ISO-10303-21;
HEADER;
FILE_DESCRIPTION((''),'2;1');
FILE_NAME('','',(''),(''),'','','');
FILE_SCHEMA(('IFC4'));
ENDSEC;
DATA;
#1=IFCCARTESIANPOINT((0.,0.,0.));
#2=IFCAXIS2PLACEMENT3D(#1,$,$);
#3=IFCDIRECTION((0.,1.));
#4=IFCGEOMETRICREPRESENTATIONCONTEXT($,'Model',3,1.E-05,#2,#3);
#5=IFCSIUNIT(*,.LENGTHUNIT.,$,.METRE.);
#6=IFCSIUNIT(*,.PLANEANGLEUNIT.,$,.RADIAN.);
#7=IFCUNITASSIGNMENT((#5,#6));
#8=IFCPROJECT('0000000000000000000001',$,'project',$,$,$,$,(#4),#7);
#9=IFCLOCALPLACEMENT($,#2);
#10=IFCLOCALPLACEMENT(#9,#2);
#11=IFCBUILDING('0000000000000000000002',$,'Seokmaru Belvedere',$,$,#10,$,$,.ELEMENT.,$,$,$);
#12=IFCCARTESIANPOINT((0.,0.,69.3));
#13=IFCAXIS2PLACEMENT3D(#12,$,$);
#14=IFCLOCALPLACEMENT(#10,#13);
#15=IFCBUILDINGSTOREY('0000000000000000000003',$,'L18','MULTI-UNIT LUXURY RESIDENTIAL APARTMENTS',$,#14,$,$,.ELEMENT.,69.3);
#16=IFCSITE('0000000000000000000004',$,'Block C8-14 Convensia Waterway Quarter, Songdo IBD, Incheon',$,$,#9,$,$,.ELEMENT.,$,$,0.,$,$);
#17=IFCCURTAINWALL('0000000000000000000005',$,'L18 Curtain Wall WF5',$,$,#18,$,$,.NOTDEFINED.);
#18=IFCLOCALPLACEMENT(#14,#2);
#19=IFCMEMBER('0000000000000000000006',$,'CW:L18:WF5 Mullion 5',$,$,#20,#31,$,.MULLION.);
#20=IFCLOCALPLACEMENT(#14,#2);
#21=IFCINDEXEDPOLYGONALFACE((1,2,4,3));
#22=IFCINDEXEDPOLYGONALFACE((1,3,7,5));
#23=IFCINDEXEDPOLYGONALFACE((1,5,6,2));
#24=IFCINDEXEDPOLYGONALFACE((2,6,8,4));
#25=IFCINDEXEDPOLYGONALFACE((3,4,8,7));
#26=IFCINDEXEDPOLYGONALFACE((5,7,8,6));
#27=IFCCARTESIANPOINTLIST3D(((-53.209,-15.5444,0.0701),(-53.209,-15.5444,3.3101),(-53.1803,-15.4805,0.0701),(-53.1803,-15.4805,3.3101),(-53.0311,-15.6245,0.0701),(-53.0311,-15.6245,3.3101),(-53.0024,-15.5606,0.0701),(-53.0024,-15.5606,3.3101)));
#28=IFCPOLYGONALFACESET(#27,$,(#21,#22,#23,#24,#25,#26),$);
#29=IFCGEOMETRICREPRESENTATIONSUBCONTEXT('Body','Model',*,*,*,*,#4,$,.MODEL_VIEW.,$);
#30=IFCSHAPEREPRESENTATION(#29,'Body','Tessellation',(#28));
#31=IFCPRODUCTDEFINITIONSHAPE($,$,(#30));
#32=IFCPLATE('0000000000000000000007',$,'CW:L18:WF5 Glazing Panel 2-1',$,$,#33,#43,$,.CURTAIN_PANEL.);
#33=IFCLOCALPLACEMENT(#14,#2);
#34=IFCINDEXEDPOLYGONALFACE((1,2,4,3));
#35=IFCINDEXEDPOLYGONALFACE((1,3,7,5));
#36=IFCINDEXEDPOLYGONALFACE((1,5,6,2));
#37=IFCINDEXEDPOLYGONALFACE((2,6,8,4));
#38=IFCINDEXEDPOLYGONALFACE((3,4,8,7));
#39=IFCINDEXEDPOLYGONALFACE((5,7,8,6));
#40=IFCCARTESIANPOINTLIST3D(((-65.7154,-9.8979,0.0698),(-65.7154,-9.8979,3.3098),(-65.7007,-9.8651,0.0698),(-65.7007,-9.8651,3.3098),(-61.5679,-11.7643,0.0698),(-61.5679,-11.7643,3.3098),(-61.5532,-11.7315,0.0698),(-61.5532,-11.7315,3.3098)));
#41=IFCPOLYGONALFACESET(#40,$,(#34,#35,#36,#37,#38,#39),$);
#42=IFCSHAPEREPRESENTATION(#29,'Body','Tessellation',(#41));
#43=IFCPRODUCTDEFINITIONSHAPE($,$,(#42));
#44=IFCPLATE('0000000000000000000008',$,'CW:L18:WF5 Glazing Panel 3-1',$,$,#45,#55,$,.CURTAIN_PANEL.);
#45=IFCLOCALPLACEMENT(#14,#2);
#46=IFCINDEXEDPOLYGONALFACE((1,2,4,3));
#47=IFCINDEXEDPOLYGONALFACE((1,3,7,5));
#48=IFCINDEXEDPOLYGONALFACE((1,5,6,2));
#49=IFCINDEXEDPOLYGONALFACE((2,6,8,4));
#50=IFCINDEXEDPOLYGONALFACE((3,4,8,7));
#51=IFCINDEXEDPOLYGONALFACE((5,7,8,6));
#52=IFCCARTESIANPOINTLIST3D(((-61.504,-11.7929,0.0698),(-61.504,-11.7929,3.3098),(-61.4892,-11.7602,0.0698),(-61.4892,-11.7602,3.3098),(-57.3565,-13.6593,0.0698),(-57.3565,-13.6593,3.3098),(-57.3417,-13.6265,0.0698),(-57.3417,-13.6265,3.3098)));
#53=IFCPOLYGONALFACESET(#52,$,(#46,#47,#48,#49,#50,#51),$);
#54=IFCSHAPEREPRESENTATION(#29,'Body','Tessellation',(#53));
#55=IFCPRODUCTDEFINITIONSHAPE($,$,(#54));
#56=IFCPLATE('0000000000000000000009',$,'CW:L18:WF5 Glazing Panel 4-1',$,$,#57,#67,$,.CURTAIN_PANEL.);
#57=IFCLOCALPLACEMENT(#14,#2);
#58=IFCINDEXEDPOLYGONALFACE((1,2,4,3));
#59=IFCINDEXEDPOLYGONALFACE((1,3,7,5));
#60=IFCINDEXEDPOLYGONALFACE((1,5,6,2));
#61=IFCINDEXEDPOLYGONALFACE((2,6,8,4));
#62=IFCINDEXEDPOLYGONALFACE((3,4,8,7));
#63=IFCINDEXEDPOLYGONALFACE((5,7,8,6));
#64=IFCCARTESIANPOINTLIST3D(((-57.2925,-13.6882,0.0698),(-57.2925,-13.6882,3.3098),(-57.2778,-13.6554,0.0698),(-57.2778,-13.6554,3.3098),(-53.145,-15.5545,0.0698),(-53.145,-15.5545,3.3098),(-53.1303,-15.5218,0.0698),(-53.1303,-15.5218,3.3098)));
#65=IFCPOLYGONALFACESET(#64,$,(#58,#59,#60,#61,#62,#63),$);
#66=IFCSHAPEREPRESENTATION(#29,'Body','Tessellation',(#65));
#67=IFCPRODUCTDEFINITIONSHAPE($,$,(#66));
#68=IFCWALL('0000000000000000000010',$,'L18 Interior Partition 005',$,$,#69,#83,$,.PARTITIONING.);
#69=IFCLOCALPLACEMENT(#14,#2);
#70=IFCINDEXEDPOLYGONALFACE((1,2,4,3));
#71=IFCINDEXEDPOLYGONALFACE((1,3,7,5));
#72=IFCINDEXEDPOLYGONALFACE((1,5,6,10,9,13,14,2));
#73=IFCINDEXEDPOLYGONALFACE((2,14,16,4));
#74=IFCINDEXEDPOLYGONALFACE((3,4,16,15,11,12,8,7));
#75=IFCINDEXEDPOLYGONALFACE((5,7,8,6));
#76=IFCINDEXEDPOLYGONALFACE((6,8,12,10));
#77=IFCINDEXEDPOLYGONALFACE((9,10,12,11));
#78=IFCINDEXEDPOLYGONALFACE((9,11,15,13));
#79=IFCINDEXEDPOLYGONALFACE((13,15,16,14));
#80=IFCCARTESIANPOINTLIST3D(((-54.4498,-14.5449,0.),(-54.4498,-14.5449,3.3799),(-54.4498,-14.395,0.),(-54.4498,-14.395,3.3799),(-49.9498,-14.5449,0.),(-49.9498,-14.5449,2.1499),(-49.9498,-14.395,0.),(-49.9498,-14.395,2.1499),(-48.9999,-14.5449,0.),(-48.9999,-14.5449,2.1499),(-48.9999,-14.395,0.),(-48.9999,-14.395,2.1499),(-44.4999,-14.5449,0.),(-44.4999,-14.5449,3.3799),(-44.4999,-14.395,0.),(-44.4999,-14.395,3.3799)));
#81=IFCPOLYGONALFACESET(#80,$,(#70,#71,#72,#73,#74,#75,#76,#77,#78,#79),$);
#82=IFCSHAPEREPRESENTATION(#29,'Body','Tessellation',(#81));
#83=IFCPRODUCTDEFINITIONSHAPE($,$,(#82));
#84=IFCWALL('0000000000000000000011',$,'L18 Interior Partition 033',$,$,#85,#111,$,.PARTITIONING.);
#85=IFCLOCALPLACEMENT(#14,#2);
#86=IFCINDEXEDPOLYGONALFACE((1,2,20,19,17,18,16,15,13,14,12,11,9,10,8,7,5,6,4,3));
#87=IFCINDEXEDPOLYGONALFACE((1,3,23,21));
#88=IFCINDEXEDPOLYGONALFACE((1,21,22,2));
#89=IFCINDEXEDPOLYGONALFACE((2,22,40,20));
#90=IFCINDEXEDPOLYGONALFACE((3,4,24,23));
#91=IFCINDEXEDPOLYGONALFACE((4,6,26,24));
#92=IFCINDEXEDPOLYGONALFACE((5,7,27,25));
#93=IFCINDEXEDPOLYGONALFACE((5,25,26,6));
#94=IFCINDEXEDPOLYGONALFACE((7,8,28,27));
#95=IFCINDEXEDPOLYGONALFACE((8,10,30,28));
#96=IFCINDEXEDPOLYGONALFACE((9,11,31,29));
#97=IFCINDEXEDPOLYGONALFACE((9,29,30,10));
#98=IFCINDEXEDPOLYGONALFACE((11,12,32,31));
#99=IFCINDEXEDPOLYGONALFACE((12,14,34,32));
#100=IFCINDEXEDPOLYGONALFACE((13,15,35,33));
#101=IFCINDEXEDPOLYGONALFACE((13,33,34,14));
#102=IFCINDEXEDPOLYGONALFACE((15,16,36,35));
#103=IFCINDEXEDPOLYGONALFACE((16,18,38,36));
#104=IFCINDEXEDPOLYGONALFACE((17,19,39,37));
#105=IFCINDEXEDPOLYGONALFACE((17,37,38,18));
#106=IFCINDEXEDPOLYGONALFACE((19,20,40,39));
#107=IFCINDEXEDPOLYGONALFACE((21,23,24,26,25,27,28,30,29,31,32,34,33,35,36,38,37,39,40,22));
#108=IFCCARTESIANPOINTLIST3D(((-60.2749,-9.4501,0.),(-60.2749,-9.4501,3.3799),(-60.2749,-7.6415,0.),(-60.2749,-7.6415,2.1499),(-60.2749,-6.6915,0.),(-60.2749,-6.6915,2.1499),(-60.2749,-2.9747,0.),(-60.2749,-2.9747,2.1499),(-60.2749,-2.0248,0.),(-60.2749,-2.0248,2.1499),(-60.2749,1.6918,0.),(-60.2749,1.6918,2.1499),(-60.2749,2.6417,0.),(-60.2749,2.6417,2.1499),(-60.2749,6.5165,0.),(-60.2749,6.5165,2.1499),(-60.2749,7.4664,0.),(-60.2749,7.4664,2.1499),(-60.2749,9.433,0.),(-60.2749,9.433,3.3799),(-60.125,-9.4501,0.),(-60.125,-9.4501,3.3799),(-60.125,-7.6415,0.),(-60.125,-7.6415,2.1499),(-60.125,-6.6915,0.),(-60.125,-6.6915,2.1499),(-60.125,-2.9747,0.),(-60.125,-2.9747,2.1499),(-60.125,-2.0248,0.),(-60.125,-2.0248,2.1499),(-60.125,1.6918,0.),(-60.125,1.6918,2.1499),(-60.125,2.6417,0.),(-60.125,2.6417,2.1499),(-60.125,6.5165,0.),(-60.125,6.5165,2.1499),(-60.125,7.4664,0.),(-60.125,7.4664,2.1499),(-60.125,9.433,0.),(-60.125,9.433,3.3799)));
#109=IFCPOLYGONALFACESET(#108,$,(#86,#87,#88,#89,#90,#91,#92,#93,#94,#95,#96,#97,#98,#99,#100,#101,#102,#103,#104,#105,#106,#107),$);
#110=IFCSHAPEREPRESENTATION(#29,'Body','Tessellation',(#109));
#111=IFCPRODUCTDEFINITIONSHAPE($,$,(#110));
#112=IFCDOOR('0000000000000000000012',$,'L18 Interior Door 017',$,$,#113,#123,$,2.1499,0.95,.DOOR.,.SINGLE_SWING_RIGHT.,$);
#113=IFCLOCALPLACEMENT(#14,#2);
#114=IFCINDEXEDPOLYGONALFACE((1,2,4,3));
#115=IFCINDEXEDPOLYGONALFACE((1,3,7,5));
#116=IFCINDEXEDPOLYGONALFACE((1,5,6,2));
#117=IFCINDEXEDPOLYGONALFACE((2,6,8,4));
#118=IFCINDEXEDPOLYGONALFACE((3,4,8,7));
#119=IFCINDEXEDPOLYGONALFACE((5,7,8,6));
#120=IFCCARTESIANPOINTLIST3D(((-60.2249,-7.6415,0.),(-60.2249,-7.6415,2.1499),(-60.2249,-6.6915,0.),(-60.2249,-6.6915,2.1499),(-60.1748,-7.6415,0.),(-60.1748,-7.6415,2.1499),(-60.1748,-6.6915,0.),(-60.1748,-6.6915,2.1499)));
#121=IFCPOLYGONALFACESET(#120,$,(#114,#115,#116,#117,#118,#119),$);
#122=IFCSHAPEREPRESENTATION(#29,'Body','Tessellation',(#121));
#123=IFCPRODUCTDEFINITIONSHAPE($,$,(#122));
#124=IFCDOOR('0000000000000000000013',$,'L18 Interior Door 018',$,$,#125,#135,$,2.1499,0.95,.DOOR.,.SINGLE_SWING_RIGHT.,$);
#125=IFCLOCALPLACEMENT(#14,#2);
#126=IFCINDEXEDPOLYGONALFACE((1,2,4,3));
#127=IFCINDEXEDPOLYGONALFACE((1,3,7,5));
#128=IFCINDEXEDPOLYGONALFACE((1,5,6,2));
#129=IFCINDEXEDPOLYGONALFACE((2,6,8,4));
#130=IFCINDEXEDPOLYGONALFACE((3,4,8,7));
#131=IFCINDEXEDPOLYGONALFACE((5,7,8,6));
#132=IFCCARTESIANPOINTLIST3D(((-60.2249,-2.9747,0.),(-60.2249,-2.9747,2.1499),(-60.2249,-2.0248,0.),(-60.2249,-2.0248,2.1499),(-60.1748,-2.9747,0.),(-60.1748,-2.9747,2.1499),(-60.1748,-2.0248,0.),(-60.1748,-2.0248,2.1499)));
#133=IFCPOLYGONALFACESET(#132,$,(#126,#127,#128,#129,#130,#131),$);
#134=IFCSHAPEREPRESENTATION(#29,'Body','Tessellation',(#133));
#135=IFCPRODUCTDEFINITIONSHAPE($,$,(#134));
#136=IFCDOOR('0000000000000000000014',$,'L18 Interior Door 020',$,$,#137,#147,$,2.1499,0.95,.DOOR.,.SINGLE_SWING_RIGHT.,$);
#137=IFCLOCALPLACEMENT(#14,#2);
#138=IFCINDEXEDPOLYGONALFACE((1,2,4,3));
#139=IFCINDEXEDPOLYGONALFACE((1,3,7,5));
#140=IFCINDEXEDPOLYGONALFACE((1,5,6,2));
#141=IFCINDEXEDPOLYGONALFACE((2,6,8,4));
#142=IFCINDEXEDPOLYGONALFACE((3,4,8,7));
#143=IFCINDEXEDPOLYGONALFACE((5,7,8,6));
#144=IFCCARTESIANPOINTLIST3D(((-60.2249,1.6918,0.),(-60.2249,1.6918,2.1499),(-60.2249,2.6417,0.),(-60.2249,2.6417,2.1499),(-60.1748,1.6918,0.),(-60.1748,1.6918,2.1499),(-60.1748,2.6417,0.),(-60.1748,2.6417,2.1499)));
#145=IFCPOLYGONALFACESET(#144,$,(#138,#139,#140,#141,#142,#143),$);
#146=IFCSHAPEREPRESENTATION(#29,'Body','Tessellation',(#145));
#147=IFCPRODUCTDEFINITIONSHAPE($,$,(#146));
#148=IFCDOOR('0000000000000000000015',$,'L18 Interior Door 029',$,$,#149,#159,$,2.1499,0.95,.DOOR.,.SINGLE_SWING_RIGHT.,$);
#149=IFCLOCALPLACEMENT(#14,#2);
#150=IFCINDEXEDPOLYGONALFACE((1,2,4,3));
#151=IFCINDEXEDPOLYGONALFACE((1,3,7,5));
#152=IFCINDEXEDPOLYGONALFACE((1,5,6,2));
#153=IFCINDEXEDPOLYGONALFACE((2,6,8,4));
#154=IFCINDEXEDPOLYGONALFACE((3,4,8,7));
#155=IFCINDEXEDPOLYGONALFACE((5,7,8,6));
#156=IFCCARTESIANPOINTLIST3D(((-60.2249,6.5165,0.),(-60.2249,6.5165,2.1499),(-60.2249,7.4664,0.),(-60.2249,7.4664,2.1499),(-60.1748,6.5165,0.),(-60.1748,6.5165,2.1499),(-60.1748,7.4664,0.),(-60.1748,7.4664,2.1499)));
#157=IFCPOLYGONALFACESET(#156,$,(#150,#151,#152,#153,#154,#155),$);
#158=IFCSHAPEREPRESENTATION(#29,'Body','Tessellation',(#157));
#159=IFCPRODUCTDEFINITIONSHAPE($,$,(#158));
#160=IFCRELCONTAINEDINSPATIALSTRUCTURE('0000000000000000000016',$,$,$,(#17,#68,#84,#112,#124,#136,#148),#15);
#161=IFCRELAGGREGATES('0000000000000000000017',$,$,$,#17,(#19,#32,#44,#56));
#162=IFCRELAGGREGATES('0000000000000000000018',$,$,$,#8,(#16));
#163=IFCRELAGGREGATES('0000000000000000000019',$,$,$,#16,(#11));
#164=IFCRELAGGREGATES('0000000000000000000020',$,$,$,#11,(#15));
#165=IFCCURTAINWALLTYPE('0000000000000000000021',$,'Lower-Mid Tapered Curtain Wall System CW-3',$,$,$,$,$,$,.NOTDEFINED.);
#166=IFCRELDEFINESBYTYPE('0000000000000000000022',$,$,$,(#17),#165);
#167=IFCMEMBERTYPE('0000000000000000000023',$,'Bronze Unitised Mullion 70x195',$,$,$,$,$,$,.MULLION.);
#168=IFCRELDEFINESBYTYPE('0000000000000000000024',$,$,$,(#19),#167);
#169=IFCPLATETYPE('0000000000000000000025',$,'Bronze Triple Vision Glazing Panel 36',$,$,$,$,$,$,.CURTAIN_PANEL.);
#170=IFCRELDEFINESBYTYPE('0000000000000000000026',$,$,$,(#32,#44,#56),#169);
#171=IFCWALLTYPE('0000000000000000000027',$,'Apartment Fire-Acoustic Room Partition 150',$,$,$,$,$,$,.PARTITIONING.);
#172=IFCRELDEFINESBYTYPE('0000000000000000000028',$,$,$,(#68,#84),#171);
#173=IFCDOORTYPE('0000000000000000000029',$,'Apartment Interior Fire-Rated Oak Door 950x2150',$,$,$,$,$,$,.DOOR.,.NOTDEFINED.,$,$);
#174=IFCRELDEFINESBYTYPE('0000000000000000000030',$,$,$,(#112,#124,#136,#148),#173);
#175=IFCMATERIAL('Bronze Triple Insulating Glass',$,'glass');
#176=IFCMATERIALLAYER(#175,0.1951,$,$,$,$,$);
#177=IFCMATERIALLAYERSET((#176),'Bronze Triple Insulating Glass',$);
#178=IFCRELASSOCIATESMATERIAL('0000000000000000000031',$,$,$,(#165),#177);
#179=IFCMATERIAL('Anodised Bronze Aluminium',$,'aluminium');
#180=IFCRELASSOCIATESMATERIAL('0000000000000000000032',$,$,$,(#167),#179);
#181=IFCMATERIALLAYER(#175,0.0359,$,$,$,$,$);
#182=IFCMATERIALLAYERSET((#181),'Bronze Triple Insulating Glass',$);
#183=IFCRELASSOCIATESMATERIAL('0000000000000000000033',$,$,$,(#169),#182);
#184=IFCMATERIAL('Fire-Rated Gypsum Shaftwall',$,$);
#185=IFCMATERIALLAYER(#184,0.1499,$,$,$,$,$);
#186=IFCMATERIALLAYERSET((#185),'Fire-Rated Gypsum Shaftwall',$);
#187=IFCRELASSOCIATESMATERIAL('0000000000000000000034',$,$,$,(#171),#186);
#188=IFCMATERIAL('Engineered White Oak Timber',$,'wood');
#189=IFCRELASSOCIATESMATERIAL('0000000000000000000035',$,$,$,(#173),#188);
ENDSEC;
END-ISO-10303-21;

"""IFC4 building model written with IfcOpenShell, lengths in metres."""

from ifc_helpers import new_model, si_unit, direction, frame, frame_2d, origin, origin_2d, place, context, subcontext, project, spatial, rectangle, extrude, source, transform, mapped, material, layer, layer_set, material_profile, profile_set, type_object, type_shapes, element, fill, aggregate, save


model = new_model("IFC4")

# Units and contexts
model_context = context("Model", 3, precision=1e-05, world=origin(), true_north=direction((0.0, 1.0)))
body_context = subcontext(model_context, "Body", "Model", "MODEL_VIEW")
ifc_project = project(units=[si_unit("LENGTHUNIT", "METRE"), si_unit("PLANEANGLEUNIT", "RADIAN")], contexts=[model_context])

# Site, building, storey
site_placement = place(None, origin())
site = spatial("IfcSite", under=ifc_project, at=site_placement, Name="Block C8-14 Convensia Waterway Quarter, Songdo IBD, Incheon", CompositionType="ELEMENT", RefElevation=0.0)
building_placement = place(site_placement, origin())
building = spatial("IfcBuilding", under=site, at=building_placement, Name="Seokmaru Belvedere", CompositionType="ELEMENT")
storey_placement = place(building_placement, frame((0.0, 0.0, 69.3)))
storey = spatial("IfcBuildingStorey", under=building, at=storey_placement, Name="L18", Description="MULTI-UNIT LUXURY RESIDENTIAL APARTMENTS", CompositionType="ELEMENT", Elevation=69.3)

# Curtain wall, member, plates
ifc_material_1 = material(Name="Bronze Triple Insulating Glass", Category="glass")
ifc_layer_1 = layer(ifc_material_1, 0.1951)
ifc_layer_set_1 = layer_set([ifc_layer_1], Name="Bronze Triple Insulating Glass")
curtain_wall_type = type_object("IfcCurtainWallType", Name="Lower-Mid Tapered Curtain Wall System CW-3", PredefinedType="NOTDEFINED", material=ifc_layer_set_1)
curtain_wall_placement = place(storey_placement, origin())
curtain_wall = element("IfcCurtainWall", 1, at=curtain_wall_placement, inside=storey, type_object=curtain_wall_type, Name="L18 Curtain Wall WF5", PredefinedType="NOTDEFINED")
ifc_material_2 = material(Name="Anodised Bronze Aluminium", Category="aluminium")
ifc_material_profile_1 = material_profile(ifc_material_2, rectangle(XDim=0.0701, YDim=0.1951, at=origin_2d()), Name="CW-M-70x195")
ifc_profile_set_1 = profile_set([ifc_material_profile_1], Name="Anodised Bronze Aluminium")
member_type = type_object("IfcMemberType", Name="Bronze Unitised Mullion 70x195", PredefinedType="MULLION", material=ifc_profile_set_1)
shared_shape_1 = source(origin(), body_context, "Body", "SweptSolid", [
    extrude(rectangle(XDim=0.0701, YDim=0.1951, at=origin_2d()), origin(), (0.0, 0.0, 1.0), 3.24),
])
type_shapes(member_type, [shared_shape_1])
member_1_placement = place(storey_placement, frame((-53.1057, -15.5525, 0.0701), z_axis=(0.0, 0.0, 1.0), x_axis=(0.410366, 0.911921, 0.0)))
member_1 = element("IfcMember", 2, at=member_1_placement, type_object=member_type, Name="CW:L18:WF5 Mullion 5", PredefinedType="MULLION", context=body_context, shape_type="MappedRepresentation", body=[
    mapped(shared_shape_1, transform((0.0, 0.0, 0.0), scale=1.0)),
])
ifc_layer_2 = layer(ifc_material_1, 0.0359)
ifc_layer_set_2 = layer_set([ifc_layer_2], Name="Bronze Triple Insulating Glass")
plate_type = type_object("IfcPlateType", Name="Bronze Triple Vision Glazing Panel 36", PredefinedType="CURTAIN_PANEL", material=ifc_layer_set_2)
shared_shape_2 = source(origin(), body_context, "Body", "SweptSolid", [
    extrude(rectangle(XDim=4.5481, YDim=0.0359, at=origin_2d()), origin(), (0.0, 0.0, 1.0), 3.24),
])
type_shapes(plate_type, [shared_shape_2])
plate_1_placement = place(storey_placement, frame((-63.6343, -10.8147, 0.0698), z_axis=(0.0, 0.0, 1.0), x_axis=(0.911921, -0.410366, 0.0)))
plate_1 = element("IfcPlate", 3, at=plate_1_placement, type_object=plate_type, Name="CW:L18:WF5 Glazing Panel 2-1", PredefinedType="CURTAIN_PANEL", context=body_context, shape_type="MappedRepresentation", body=[
    mapped(shared_shape_2, transform((0.0, 0.0, 0.0), scale=1.0)),
])
plate_2_placement = place(storey_placement, frame((-59.4229, -12.7097, 0.0698), z_axis=(0.0, 0.0, 1.0), x_axis=(0.911921, -0.410366, 0.0)))
plate_2 = element("IfcPlate", 4, at=plate_2_placement, type_object=plate_type, Name="CW:L18:WF5 Glazing Panel 3-1", PredefinedType="CURTAIN_PANEL", context=body_context, shape_type="MappedRepresentation", body=[
    mapped(shared_shape_2, transform((0.0, 0.0, 0.0), scale=1.0)),
])
plate_3_placement = place(storey_placement, frame((-55.2114, -14.605, 0.0698), z_axis=(0.0, 0.0, 1.0), x_axis=(0.911921, -0.410366, 0.0)))
plate_3 = element("IfcPlate", 5, at=plate_3_placement, type_object=plate_type, Name="CW:L18:WF5 Glazing Panel 4-1", PredefinedType="CURTAIN_PANEL", context=body_context, shape_type="MappedRepresentation", body=[
    mapped(shared_shape_2, transform((0.0, 0.0, 0.0), scale=1.0)),
])
aggregate(curtain_wall, [member_1, plate_1, plate_2, plate_3])

# Wall, opening
ifc_material_3 = material(Name="Fire-Rated Gypsum Shaftwall")
ifc_layer_3 = layer(ifc_material_3, 0.1499)
ifc_layer_set_3 = layer_set([ifc_layer_3], Name="Fire-Rated Gypsum Shaftwall")
wall_type = type_object("IfcWallType", Name="Apartment Fire-Acoustic Room Partition 150", PredefinedType="PARTITIONING", material=ifc_layer_set_3)
wall_1_placement = place(storey_placement, frame((-54.45, -14.47, 0.0), z_axis=(0.0, 0.0, 1.0), x_axis=(1.0, 0.0, 0.0)))
wall_1 = element("IfcWall", 6, at=wall_1_placement, inside=storey, type_object=wall_type, Name="L18 Interior Partition 005", PredefinedType="PARTITIONING", context=body_context, shape_type="SweptSolid", body=[
    extrude(rectangle(XDim=9.95, YDim=0.1499, at=frame_2d((4.9751, 0.0))), origin(), (0.0, 0.0, 1.0), 3.3799),
])
opening_1_placement = place(wall_1_placement, frame((4.5, 0.0, 0.0)))
element("IfcOpeningElement", 7, at=opening_1_placement, cuts=wall_1, PredefinedType="OPENING", context=body_context, shape_type="SweptSolid", body=[
    extrude(rectangle(XDim=0.95, YDim=2.1499, at=frame_2d((0.4751, 1.075))), frame((0.0, 0.085, 0.0), z_axis=(0.0, -1.0, 0.0), x_axis=(1.0, 0.0, 0.0)), (0.0, 0.0, 1.0), 0.1699),
])

# Wall, openings, doors
wall_2_placement = place(storey_placement, frame((-60.2, -9.45, 0.0), z_axis=(0.0, 0.0, 1.0), x_axis=(0.0, 1.0, 0.0)))
wall_2 = element("IfcWall", 8, at=wall_2_placement, inside=storey, type_object=wall_type, Name="L18 Interior Partition 033", PredefinedType="PARTITIONING", context=body_context, shape_type="SweptSolid", body=[
    extrude(rectangle(XDim=18.8831, YDim=0.1499, at=frame_2d((9.4414, 0.0))), origin(), (0.0, 0.0, 1.0), 3.3799),
])
opening_2_placement = place(wall_2_placement, frame((1.8083, 0.0, 0.0)))
opening_2 = element("IfcOpeningElement", 9, at=opening_2_placement, cuts=wall_2, PredefinedType="OPENING", context=body_context, shape_type="SweptSolid", body=[
    extrude(rectangle(XDim=0.95, YDim=2.1499, at=frame_2d((0.4751, 1.075))), frame((0.0, 0.085, 0.0), z_axis=(0.0, -1.0, 0.0), x_axis=(1.0, 0.0, 0.0)), (0.0, 0.0, 1.0), 0.1699),
])
opening_3_placement = place(wall_2_placement, frame((6.4751, 0.0, 0.0)))
opening_3 = element("IfcOpeningElement", 10, at=opening_3_placement, cuts=wall_2, PredefinedType="OPENING", context=body_context, shape_type="SweptSolid", body=[
    extrude(rectangle(XDim=0.95, YDim=2.1499, at=frame_2d((0.4751, 1.075))), frame((0.0, 0.085, 0.0), z_axis=(0.0, -1.0, 0.0), x_axis=(1.0, 0.0, 0.0)), (0.0, 0.0, 1.0), 0.1699),
])
opening_4_placement = place(wall_2_placement, frame((11.1416, 0.0, 0.0)))
opening_4 = element("IfcOpeningElement", 11, at=opening_4_placement, cuts=wall_2, PredefinedType="OPENING", context=body_context, shape_type="SweptSolid", body=[
    extrude(rectangle(XDim=0.95, YDim=2.1499, at=frame_2d((0.4751, 1.075))), frame((0.0, 0.085, 0.0), z_axis=(0.0, -1.0, 0.0), x_axis=(1.0, 0.0, 0.0)), (0.0, 0.0, 1.0), 0.1699),
])
opening_5_placement = place(wall_2_placement, frame((15.9663, 0.0, 0.0)))
opening_5 = element("IfcOpeningElement", 12, at=opening_5_placement, cuts=wall_2, PredefinedType="OPENING", context=body_context, shape_type="SweptSolid", body=[
    extrude(rectangle(XDim=0.95, YDim=2.1499, at=frame_2d((0.4751, 1.075))), frame((0.0, 0.085, 0.0), z_axis=(0.0, -1.0, 0.0), x_axis=(1.0, 0.0, 0.0)), (0.0, 0.0, 1.0), 0.1699),
])
ifc_material_4 = material(Name="Engineered White Oak Timber", Category="wood")
door_type = type_object("IfcDoorType", Name="Apartment Interior Fire-Rated Oak Door 950x2150", OperationType="NOTDEFINED", PredefinedType="DOOR", material=ifc_material_4)
shared_shape_3 = source(origin(), body_context, "Body", "SweptSolid", [
    extrude(rectangle(XDim=0.95, YDim=2.1499, at=frame_2d((0.4751, 1.075))), frame((0.0, 0.0249, 0.0), z_axis=(0.0, -1.0, 0.0), x_axis=(1.0, 0.0, 0.0)), (0.0, 0.0, 1.0), 0.05),
])
type_shapes(door_type, [shared_shape_3])
door_1_placement = place(opening_2_placement, origin())
door_1 = element("IfcDoor", 13, at=door_1_placement, inside=storey, type_object=door_type, Name="L18 Interior Door 017", OperationType="SINGLE_SWING_RIGHT", OverallHeight=2.1499, OverallWidth=0.95, PredefinedType="DOOR", context=body_context, shape_type="MappedRepresentation", body=[
    mapped(shared_shape_3, transform((0.0, 0.0, 0.0), scale=1.0)),
])
fill(opening_2, door_1)
door_2_placement = place(opening_3_placement, origin())
door_2 = element("IfcDoor", 14, at=door_2_placement, inside=storey, type_object=door_type, Name="L18 Interior Door 018", OperationType="SINGLE_SWING_RIGHT", OverallHeight=2.1499, OverallWidth=0.95, PredefinedType="DOOR", context=body_context, shape_type="MappedRepresentation", body=[
    mapped(shared_shape_3, transform((0.0, 0.0, 0.0), scale=1.0)),
])
fill(opening_3, door_2)
door_3_placement = place(opening_4_placement, origin())
door_3 = element("IfcDoor", 15, at=door_3_placement, inside=storey, type_object=door_type, Name="L18 Interior Door 020", OperationType="SINGLE_SWING_RIGHT", OverallHeight=2.1499, OverallWidth=0.95, PredefinedType="DOOR", context=body_context, shape_type="MappedRepresentation", body=[
    mapped(shared_shape_3, transform((0.0, 0.0, 0.0), scale=1.0)),
])
fill(opening_4, door_3)
door_4_placement = place(opening_5_placement, origin())
door_4 = element("IfcDoor", 16, at=door_4_placement, inside=storey, type_object=door_type, Name="L18 Interior Door 029", OperationType="SINGLE_SWING_RIGHT", OverallHeight=2.1499, OverallWidth=0.95, PredefinedType="DOOR", context=body_context, shape_type="MappedRepresentation", body=[
    mapped(shared_shape_3, transform((0.0, 0.0, 0.0), scale=1.0)),
])
fill(opening_5, door_4)

save(model, "model.ifc")
